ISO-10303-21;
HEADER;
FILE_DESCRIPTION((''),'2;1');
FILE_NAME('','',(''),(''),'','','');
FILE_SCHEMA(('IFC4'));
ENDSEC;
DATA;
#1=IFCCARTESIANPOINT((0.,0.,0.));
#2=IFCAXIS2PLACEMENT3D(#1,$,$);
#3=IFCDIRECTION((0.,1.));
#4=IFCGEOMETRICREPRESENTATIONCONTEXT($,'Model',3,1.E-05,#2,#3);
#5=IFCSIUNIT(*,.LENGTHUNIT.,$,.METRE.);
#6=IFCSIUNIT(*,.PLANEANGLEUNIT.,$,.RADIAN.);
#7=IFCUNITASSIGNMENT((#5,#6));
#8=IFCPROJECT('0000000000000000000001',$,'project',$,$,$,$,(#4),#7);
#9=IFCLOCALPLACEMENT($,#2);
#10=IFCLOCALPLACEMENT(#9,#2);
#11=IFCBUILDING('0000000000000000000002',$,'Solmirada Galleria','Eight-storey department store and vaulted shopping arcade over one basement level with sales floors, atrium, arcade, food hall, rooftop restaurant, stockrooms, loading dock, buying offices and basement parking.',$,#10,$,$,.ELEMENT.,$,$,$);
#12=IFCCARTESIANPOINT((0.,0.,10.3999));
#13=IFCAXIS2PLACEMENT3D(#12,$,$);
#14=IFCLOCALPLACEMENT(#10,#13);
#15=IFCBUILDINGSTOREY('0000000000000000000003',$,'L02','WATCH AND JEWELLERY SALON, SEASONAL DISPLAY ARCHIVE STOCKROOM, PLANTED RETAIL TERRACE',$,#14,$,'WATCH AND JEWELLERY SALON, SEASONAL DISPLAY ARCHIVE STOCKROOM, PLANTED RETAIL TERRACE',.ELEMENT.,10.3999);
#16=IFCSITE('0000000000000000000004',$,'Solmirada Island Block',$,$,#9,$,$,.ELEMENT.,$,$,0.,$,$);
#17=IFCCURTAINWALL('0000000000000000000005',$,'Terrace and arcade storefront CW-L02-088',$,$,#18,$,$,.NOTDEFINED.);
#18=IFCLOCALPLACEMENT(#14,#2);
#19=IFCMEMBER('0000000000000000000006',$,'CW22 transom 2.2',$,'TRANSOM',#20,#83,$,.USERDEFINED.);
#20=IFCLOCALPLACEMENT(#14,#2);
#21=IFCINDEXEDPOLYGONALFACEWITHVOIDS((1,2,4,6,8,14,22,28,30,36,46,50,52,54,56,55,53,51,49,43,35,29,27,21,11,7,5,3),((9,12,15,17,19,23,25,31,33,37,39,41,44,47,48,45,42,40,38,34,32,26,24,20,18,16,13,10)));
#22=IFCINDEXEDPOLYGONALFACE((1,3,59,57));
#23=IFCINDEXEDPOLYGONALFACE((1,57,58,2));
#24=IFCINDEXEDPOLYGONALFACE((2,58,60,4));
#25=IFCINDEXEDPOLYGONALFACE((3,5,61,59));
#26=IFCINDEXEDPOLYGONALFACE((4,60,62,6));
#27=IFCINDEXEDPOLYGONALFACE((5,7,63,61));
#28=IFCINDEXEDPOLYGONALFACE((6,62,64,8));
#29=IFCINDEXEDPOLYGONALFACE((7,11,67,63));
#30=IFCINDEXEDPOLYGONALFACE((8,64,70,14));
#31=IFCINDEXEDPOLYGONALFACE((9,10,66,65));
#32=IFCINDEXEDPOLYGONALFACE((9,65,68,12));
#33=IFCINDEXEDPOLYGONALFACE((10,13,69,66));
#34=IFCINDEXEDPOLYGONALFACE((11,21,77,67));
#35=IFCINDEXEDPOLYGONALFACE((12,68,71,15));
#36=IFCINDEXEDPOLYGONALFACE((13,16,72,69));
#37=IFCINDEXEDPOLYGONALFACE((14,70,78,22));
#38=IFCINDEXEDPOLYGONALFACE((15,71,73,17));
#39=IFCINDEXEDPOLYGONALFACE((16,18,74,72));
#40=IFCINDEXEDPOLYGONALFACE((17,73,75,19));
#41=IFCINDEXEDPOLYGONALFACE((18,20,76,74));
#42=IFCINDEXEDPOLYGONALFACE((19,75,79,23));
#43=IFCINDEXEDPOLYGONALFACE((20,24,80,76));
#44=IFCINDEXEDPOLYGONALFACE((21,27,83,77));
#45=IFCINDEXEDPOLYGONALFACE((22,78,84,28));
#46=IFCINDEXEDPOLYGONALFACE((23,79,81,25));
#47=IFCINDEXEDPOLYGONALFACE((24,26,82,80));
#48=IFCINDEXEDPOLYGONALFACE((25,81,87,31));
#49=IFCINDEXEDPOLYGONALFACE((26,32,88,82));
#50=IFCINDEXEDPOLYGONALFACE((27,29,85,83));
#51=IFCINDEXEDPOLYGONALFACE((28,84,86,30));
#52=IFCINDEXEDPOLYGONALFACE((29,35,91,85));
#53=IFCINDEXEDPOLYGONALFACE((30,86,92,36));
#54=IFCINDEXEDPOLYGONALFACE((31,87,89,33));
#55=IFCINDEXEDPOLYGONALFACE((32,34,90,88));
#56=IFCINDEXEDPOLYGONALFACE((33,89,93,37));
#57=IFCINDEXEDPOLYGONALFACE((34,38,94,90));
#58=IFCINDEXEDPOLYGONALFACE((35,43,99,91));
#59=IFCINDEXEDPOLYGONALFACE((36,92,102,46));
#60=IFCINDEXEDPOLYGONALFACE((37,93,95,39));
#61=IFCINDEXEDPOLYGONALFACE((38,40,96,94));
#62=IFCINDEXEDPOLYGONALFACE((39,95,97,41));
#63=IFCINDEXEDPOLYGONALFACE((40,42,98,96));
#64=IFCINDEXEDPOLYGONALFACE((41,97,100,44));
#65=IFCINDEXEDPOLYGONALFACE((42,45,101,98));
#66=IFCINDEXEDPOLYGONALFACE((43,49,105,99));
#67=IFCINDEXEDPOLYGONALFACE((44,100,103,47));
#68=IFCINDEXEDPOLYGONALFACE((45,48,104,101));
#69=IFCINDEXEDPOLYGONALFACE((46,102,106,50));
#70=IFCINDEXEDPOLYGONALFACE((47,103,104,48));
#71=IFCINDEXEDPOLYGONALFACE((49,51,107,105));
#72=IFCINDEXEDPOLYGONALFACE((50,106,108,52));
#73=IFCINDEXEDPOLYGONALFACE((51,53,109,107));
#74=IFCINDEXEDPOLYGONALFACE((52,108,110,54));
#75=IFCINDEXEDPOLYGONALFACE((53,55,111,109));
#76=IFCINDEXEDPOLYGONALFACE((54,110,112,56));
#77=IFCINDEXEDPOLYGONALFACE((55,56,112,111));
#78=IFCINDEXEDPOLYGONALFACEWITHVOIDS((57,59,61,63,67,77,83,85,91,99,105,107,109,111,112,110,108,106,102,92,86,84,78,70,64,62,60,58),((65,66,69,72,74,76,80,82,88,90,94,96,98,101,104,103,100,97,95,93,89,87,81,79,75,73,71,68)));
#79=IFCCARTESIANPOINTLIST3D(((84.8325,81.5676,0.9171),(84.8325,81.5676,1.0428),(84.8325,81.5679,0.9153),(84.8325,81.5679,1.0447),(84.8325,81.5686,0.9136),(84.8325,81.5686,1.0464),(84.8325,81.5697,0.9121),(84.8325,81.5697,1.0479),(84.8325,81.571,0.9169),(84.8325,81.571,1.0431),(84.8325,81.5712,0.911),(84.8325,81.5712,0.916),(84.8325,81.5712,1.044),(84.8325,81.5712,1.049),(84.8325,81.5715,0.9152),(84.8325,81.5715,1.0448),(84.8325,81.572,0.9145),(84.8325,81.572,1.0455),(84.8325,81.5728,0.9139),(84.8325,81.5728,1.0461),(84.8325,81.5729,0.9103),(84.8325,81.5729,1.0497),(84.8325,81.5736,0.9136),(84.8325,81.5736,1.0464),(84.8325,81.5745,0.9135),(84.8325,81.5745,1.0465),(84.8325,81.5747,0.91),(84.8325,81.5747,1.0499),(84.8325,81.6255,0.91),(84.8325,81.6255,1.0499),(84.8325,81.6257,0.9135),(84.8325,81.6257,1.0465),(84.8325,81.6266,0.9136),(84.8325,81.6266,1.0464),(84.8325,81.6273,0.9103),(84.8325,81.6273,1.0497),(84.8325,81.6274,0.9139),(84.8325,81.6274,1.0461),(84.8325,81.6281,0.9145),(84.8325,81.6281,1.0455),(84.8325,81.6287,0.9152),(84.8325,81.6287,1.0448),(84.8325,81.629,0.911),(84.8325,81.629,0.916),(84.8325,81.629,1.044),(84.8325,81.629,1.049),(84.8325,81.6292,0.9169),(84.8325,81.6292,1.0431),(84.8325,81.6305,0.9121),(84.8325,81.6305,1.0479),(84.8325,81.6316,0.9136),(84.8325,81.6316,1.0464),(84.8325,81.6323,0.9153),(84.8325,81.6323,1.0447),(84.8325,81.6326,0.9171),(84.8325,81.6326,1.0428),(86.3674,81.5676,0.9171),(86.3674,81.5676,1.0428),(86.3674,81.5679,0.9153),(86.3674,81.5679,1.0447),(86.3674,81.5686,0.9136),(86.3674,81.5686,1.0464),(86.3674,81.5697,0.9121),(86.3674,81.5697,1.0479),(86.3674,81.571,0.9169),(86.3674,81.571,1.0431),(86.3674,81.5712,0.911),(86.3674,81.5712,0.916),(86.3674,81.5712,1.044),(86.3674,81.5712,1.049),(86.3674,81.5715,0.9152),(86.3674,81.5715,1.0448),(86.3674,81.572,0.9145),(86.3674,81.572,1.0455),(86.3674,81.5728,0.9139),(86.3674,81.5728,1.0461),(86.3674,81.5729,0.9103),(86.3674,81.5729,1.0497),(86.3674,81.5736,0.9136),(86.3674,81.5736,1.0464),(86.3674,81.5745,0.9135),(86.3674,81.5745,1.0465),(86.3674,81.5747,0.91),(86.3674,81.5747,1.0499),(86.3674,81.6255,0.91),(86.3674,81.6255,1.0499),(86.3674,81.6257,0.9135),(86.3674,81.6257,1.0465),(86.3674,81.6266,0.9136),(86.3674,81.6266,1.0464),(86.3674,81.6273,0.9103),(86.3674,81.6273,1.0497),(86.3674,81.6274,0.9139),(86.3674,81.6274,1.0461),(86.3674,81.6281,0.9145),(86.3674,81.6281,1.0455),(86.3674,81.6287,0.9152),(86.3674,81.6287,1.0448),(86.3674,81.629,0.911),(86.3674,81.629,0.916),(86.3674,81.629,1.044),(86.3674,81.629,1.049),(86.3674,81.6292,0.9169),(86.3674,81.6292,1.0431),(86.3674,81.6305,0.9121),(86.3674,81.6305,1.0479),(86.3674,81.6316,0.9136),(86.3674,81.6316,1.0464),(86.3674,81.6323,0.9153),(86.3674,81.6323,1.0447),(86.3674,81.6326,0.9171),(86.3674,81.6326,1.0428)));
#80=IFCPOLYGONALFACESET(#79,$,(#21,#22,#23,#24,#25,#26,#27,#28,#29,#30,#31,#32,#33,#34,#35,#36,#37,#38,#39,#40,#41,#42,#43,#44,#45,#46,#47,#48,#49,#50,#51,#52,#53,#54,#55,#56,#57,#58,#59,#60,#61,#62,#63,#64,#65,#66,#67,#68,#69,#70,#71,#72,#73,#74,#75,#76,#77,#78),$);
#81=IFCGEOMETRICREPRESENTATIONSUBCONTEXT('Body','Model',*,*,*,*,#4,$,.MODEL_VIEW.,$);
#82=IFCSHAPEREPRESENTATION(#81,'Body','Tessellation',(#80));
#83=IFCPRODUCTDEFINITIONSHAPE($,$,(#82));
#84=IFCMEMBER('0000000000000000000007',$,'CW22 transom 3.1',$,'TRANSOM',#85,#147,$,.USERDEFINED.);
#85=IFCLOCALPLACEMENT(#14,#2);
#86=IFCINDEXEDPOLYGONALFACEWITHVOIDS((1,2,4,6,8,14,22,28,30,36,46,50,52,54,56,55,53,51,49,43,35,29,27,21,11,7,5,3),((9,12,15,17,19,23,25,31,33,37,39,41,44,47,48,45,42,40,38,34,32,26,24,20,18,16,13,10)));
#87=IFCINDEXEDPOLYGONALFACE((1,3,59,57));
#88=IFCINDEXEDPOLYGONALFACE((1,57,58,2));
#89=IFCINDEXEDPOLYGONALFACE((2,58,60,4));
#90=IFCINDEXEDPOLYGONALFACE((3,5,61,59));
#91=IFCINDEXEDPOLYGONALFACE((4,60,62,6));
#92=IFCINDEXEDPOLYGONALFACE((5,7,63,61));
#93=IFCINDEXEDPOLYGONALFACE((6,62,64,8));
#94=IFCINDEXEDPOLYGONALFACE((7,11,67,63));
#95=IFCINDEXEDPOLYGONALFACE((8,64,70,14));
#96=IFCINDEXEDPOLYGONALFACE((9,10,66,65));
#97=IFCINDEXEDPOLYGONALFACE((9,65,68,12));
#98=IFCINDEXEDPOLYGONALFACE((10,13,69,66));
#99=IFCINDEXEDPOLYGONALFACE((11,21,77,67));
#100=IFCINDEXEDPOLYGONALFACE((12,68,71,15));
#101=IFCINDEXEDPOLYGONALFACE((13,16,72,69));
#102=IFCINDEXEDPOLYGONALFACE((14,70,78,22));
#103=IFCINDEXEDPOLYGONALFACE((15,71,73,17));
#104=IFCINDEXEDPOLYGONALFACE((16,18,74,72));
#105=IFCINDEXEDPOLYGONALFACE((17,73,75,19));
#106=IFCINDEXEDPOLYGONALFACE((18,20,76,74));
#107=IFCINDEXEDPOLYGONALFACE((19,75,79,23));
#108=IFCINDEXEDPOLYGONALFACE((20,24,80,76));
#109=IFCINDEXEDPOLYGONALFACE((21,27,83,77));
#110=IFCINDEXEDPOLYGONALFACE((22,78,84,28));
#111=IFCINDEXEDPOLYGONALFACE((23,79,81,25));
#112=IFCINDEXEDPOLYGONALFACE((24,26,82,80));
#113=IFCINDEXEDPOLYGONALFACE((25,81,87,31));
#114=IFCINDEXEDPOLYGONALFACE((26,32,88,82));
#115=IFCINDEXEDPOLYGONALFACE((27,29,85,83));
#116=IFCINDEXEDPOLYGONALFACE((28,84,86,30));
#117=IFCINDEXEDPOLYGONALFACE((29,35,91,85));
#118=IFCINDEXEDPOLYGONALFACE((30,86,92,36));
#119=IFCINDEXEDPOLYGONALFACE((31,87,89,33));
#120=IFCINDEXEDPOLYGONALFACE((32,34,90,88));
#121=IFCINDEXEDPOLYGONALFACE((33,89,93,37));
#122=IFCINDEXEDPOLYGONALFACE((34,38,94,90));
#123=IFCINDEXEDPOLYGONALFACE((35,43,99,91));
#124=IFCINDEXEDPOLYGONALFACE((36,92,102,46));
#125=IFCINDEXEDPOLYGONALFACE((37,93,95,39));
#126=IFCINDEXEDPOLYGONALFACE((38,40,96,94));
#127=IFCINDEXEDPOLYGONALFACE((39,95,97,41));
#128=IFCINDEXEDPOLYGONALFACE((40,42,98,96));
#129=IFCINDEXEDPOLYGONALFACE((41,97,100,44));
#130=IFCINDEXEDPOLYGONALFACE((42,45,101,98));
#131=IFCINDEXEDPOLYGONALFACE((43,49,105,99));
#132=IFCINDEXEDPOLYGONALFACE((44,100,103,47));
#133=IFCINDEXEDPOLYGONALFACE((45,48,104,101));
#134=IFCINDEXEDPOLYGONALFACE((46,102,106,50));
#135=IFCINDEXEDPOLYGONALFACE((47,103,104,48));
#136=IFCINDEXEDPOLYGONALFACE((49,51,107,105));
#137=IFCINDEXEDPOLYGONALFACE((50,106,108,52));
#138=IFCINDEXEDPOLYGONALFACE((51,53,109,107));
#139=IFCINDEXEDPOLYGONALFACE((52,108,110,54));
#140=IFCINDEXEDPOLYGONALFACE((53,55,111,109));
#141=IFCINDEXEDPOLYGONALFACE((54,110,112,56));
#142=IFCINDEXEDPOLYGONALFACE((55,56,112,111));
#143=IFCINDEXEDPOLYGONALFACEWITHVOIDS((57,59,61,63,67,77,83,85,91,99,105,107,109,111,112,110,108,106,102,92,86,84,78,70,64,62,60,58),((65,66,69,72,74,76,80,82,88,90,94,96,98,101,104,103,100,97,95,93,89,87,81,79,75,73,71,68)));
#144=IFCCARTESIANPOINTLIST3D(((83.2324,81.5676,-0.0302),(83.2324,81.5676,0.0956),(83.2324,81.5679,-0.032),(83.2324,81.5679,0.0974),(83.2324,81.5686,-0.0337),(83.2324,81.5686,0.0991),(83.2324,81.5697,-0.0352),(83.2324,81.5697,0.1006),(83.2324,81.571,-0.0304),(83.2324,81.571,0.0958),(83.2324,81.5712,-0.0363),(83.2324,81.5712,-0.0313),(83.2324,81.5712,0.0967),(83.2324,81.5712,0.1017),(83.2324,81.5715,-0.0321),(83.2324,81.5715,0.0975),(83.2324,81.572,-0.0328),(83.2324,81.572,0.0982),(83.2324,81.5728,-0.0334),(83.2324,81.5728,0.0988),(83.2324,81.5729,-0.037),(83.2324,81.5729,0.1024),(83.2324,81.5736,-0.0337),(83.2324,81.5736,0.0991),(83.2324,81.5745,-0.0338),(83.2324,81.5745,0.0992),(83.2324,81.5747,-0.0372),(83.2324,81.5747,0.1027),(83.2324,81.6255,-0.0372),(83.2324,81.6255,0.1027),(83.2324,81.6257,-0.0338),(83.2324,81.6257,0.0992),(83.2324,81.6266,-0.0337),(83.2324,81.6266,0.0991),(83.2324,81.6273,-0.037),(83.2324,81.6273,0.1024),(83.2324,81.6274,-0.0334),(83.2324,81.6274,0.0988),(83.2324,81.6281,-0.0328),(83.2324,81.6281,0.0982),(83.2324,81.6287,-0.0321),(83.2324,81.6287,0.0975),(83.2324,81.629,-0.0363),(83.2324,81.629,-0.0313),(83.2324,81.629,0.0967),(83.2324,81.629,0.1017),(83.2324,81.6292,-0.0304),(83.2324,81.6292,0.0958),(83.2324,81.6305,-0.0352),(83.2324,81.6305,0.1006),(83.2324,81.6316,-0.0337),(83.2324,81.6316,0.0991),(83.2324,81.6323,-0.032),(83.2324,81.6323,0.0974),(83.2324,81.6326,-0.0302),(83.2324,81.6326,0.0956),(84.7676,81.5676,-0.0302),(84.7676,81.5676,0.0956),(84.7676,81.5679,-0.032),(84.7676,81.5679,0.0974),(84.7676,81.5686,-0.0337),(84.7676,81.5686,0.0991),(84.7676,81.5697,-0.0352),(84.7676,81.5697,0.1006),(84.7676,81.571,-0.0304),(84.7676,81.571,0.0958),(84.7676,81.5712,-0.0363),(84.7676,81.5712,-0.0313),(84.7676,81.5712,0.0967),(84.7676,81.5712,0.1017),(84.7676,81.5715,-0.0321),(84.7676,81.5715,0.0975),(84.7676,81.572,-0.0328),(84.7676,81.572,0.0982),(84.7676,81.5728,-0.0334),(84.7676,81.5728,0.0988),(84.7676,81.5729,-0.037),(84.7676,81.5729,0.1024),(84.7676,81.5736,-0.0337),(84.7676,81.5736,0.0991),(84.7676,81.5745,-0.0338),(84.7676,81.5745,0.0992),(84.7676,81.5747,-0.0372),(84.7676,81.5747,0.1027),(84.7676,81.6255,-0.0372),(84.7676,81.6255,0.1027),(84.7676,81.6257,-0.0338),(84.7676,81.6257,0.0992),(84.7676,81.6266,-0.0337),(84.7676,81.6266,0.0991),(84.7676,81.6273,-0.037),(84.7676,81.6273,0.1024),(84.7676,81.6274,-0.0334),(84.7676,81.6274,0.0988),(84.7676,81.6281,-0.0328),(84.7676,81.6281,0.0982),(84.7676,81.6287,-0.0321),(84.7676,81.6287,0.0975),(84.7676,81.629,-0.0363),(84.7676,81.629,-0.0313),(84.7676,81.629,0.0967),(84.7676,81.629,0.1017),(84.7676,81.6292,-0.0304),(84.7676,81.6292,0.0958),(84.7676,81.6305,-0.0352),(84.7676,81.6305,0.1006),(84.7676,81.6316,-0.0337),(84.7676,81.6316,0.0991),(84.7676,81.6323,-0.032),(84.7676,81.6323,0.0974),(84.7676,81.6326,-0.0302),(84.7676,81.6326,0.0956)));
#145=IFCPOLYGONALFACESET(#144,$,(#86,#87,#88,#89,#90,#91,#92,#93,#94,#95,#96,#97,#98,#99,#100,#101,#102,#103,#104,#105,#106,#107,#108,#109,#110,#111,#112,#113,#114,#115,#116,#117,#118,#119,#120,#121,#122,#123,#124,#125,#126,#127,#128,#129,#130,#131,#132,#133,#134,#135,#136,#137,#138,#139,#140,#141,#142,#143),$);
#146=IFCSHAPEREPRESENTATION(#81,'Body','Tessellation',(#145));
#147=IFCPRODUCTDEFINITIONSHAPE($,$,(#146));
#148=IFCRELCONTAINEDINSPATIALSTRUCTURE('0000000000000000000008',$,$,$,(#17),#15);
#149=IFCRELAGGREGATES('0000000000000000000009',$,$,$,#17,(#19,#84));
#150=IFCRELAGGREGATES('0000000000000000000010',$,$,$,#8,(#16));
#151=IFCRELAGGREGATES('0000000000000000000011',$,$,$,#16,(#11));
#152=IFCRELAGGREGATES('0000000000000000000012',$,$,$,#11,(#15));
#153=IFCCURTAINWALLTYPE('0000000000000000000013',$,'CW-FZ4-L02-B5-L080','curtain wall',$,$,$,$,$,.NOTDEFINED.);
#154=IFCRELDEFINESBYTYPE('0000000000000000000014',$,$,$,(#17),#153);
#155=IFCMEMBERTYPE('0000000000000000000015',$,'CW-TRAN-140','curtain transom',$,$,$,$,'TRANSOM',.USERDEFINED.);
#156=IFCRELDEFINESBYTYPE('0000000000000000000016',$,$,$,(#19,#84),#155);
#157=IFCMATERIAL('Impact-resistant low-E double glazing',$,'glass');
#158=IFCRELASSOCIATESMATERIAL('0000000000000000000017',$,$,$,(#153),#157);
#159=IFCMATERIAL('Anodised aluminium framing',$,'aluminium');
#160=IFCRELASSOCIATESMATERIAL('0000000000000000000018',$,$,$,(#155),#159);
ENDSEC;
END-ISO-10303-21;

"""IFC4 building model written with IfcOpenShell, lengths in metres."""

from ifc_helpers import new_model, si_unit, direction, frame, origin, origin_2d, place, context, subcontext, project, spatial, hollow_rectangle, extrude, material, material_profile, profile_set, type_object, element, aggregate, save


model = new_model("IFC4")

# Units and contexts
model_context = context("Model", 3, precision=1e-05, world=origin(), true_north=direction((0.0, 1.0)))
body_context = subcontext(model_context, "Body", "Model", "MODEL_VIEW")
ifc_project = project(units=[si_unit("LENGTHUNIT", "METRE"), si_unit("PLANEANGLEUNIT", "RADIAN")], contexts=[model_context])

# Site, building, storey
site_placement = place(None, origin())
site = spatial("IfcSite", under=ifc_project, at=site_placement, Name="Solmirada Island Block", CompositionType="ELEMENT", RefElevation=0.0)
building_placement = place(site_placement, origin())
building = spatial("IfcBuilding", under=site, at=building_placement, Name="Solmirada Galleria", Description="Eight-storey department store and vaulted shopping arcade over one basement level with sales floors, atrium, arcade, food hall, rooftop restaurant, stockrooms, loading dock, buying offices and basement parking.", CompositionType="ELEMENT")
storey_placement = place(building_placement, frame((0.0, 0.0, 10.3999)))
storey = spatial("IfcBuildingStorey", under=building, at=storey_placement, Name="L02", Description="WATCH AND JEWELLERY SALON, SEASONAL DISPLAY ARCHIVE STOCKROOM, PLANTED RETAIL TERRACE", LongName="WATCH AND JEWELLERY SALON, SEASONAL DISPLAY ARCHIVE STOCKROOM, PLANTED RETAIL TERRACE", CompositionType="ELEMENT", Elevation=10.3999)

# Curtain wall, members
ifc_material_1 = material(Name="Impact-resistant low-E double glazing", Category="glass")
curtain_wall_type = type_object("IfcCurtainWallType", Name="CW-FZ4-L02-B5-L080", Description="curtain wall", PredefinedType="NOTDEFINED", material=ifc_material_1)
curtain_wall_placement = place(storey_placement, origin())
curtain_wall = element("IfcCurtainWall", 1, at=curtain_wall_placement, inside=storey, type_object=curtain_wall_type, Name="Terrace and arcade storefront CW-L02-088", PredefinedType="NOTDEFINED")
ifc_material_2 = material(Name="Anodised aluminium framing", Category="aluminium")
ifc_material_profile_1 = material_profile(ifc_material_2, hollow_rectangle(XDim=0.0649, YDim=0.1399, WallThickness=0.0034, InnerFilletRadius=0.0034, OuterFilletRadius=0.0071, at=origin_2d()), Name="ALU-TRAN-140X65")
ifc_profile_set_1 = profile_set([ifc_material_profile_1], Name="Anodised aluminium framing")
member_type_1 = type_object("IfcMemberType", Name="CW-TRAN-140", Description="curtain transom", ElementType="TRANSOM", PredefinedType="USERDEFINED", material=ifc_profile_set_1)
member_1_placement = place(storey_placement, frame((86.3674, 81.6001, 0.98), z_axis=(-1.0, 0.0, 0.0), x_axis=(0.0, -1.0, 0.0)))
member_1 = element("IfcMember", 2, at=member_1_placement, type_object=member_type_1, Name="CW22 transom 2.2", ObjectType="TRANSOM", PredefinedType="USERDEFINED", context=body_context, shape_type="SweptSolid", body=[
    extrude(hollow_rectangle(XDim=0.0649, YDim=0.1399, WallThickness=0.0034, InnerFilletRadius=0.0034, OuterFilletRadius=0.0071, at=origin_2d()), origin(), (0.0, 0.0, 1.0), 1.5349),
])
member_2_placement = place(storey_placement, frame((84.7676, 81.6001, 0.0327), z_axis=(-1.0, 0.0, 0.0), x_axis=(0.0, -1.0, 0.0)))
member_2 = element("IfcMember", 3, at=member_2_placement, type_object=member_type_1, Name="CW22 transom 3.1", ObjectType="TRANSOM", PredefinedType="USERDEFINED", context=body_context, shape_type="SweptSolid", body=[
    extrude(hollow_rectangle(XDim=0.0649, YDim=0.1399, WallThickness=0.0034, InnerFilletRadius=0.0034, OuterFilletRadius=0.0071, at=origin_2d()), origin(), (0.0, 0.0, 1.0), 1.5352),
])
aggregate(curtain_wall, [member_1, member_2])

save(model, "model.ifc")
